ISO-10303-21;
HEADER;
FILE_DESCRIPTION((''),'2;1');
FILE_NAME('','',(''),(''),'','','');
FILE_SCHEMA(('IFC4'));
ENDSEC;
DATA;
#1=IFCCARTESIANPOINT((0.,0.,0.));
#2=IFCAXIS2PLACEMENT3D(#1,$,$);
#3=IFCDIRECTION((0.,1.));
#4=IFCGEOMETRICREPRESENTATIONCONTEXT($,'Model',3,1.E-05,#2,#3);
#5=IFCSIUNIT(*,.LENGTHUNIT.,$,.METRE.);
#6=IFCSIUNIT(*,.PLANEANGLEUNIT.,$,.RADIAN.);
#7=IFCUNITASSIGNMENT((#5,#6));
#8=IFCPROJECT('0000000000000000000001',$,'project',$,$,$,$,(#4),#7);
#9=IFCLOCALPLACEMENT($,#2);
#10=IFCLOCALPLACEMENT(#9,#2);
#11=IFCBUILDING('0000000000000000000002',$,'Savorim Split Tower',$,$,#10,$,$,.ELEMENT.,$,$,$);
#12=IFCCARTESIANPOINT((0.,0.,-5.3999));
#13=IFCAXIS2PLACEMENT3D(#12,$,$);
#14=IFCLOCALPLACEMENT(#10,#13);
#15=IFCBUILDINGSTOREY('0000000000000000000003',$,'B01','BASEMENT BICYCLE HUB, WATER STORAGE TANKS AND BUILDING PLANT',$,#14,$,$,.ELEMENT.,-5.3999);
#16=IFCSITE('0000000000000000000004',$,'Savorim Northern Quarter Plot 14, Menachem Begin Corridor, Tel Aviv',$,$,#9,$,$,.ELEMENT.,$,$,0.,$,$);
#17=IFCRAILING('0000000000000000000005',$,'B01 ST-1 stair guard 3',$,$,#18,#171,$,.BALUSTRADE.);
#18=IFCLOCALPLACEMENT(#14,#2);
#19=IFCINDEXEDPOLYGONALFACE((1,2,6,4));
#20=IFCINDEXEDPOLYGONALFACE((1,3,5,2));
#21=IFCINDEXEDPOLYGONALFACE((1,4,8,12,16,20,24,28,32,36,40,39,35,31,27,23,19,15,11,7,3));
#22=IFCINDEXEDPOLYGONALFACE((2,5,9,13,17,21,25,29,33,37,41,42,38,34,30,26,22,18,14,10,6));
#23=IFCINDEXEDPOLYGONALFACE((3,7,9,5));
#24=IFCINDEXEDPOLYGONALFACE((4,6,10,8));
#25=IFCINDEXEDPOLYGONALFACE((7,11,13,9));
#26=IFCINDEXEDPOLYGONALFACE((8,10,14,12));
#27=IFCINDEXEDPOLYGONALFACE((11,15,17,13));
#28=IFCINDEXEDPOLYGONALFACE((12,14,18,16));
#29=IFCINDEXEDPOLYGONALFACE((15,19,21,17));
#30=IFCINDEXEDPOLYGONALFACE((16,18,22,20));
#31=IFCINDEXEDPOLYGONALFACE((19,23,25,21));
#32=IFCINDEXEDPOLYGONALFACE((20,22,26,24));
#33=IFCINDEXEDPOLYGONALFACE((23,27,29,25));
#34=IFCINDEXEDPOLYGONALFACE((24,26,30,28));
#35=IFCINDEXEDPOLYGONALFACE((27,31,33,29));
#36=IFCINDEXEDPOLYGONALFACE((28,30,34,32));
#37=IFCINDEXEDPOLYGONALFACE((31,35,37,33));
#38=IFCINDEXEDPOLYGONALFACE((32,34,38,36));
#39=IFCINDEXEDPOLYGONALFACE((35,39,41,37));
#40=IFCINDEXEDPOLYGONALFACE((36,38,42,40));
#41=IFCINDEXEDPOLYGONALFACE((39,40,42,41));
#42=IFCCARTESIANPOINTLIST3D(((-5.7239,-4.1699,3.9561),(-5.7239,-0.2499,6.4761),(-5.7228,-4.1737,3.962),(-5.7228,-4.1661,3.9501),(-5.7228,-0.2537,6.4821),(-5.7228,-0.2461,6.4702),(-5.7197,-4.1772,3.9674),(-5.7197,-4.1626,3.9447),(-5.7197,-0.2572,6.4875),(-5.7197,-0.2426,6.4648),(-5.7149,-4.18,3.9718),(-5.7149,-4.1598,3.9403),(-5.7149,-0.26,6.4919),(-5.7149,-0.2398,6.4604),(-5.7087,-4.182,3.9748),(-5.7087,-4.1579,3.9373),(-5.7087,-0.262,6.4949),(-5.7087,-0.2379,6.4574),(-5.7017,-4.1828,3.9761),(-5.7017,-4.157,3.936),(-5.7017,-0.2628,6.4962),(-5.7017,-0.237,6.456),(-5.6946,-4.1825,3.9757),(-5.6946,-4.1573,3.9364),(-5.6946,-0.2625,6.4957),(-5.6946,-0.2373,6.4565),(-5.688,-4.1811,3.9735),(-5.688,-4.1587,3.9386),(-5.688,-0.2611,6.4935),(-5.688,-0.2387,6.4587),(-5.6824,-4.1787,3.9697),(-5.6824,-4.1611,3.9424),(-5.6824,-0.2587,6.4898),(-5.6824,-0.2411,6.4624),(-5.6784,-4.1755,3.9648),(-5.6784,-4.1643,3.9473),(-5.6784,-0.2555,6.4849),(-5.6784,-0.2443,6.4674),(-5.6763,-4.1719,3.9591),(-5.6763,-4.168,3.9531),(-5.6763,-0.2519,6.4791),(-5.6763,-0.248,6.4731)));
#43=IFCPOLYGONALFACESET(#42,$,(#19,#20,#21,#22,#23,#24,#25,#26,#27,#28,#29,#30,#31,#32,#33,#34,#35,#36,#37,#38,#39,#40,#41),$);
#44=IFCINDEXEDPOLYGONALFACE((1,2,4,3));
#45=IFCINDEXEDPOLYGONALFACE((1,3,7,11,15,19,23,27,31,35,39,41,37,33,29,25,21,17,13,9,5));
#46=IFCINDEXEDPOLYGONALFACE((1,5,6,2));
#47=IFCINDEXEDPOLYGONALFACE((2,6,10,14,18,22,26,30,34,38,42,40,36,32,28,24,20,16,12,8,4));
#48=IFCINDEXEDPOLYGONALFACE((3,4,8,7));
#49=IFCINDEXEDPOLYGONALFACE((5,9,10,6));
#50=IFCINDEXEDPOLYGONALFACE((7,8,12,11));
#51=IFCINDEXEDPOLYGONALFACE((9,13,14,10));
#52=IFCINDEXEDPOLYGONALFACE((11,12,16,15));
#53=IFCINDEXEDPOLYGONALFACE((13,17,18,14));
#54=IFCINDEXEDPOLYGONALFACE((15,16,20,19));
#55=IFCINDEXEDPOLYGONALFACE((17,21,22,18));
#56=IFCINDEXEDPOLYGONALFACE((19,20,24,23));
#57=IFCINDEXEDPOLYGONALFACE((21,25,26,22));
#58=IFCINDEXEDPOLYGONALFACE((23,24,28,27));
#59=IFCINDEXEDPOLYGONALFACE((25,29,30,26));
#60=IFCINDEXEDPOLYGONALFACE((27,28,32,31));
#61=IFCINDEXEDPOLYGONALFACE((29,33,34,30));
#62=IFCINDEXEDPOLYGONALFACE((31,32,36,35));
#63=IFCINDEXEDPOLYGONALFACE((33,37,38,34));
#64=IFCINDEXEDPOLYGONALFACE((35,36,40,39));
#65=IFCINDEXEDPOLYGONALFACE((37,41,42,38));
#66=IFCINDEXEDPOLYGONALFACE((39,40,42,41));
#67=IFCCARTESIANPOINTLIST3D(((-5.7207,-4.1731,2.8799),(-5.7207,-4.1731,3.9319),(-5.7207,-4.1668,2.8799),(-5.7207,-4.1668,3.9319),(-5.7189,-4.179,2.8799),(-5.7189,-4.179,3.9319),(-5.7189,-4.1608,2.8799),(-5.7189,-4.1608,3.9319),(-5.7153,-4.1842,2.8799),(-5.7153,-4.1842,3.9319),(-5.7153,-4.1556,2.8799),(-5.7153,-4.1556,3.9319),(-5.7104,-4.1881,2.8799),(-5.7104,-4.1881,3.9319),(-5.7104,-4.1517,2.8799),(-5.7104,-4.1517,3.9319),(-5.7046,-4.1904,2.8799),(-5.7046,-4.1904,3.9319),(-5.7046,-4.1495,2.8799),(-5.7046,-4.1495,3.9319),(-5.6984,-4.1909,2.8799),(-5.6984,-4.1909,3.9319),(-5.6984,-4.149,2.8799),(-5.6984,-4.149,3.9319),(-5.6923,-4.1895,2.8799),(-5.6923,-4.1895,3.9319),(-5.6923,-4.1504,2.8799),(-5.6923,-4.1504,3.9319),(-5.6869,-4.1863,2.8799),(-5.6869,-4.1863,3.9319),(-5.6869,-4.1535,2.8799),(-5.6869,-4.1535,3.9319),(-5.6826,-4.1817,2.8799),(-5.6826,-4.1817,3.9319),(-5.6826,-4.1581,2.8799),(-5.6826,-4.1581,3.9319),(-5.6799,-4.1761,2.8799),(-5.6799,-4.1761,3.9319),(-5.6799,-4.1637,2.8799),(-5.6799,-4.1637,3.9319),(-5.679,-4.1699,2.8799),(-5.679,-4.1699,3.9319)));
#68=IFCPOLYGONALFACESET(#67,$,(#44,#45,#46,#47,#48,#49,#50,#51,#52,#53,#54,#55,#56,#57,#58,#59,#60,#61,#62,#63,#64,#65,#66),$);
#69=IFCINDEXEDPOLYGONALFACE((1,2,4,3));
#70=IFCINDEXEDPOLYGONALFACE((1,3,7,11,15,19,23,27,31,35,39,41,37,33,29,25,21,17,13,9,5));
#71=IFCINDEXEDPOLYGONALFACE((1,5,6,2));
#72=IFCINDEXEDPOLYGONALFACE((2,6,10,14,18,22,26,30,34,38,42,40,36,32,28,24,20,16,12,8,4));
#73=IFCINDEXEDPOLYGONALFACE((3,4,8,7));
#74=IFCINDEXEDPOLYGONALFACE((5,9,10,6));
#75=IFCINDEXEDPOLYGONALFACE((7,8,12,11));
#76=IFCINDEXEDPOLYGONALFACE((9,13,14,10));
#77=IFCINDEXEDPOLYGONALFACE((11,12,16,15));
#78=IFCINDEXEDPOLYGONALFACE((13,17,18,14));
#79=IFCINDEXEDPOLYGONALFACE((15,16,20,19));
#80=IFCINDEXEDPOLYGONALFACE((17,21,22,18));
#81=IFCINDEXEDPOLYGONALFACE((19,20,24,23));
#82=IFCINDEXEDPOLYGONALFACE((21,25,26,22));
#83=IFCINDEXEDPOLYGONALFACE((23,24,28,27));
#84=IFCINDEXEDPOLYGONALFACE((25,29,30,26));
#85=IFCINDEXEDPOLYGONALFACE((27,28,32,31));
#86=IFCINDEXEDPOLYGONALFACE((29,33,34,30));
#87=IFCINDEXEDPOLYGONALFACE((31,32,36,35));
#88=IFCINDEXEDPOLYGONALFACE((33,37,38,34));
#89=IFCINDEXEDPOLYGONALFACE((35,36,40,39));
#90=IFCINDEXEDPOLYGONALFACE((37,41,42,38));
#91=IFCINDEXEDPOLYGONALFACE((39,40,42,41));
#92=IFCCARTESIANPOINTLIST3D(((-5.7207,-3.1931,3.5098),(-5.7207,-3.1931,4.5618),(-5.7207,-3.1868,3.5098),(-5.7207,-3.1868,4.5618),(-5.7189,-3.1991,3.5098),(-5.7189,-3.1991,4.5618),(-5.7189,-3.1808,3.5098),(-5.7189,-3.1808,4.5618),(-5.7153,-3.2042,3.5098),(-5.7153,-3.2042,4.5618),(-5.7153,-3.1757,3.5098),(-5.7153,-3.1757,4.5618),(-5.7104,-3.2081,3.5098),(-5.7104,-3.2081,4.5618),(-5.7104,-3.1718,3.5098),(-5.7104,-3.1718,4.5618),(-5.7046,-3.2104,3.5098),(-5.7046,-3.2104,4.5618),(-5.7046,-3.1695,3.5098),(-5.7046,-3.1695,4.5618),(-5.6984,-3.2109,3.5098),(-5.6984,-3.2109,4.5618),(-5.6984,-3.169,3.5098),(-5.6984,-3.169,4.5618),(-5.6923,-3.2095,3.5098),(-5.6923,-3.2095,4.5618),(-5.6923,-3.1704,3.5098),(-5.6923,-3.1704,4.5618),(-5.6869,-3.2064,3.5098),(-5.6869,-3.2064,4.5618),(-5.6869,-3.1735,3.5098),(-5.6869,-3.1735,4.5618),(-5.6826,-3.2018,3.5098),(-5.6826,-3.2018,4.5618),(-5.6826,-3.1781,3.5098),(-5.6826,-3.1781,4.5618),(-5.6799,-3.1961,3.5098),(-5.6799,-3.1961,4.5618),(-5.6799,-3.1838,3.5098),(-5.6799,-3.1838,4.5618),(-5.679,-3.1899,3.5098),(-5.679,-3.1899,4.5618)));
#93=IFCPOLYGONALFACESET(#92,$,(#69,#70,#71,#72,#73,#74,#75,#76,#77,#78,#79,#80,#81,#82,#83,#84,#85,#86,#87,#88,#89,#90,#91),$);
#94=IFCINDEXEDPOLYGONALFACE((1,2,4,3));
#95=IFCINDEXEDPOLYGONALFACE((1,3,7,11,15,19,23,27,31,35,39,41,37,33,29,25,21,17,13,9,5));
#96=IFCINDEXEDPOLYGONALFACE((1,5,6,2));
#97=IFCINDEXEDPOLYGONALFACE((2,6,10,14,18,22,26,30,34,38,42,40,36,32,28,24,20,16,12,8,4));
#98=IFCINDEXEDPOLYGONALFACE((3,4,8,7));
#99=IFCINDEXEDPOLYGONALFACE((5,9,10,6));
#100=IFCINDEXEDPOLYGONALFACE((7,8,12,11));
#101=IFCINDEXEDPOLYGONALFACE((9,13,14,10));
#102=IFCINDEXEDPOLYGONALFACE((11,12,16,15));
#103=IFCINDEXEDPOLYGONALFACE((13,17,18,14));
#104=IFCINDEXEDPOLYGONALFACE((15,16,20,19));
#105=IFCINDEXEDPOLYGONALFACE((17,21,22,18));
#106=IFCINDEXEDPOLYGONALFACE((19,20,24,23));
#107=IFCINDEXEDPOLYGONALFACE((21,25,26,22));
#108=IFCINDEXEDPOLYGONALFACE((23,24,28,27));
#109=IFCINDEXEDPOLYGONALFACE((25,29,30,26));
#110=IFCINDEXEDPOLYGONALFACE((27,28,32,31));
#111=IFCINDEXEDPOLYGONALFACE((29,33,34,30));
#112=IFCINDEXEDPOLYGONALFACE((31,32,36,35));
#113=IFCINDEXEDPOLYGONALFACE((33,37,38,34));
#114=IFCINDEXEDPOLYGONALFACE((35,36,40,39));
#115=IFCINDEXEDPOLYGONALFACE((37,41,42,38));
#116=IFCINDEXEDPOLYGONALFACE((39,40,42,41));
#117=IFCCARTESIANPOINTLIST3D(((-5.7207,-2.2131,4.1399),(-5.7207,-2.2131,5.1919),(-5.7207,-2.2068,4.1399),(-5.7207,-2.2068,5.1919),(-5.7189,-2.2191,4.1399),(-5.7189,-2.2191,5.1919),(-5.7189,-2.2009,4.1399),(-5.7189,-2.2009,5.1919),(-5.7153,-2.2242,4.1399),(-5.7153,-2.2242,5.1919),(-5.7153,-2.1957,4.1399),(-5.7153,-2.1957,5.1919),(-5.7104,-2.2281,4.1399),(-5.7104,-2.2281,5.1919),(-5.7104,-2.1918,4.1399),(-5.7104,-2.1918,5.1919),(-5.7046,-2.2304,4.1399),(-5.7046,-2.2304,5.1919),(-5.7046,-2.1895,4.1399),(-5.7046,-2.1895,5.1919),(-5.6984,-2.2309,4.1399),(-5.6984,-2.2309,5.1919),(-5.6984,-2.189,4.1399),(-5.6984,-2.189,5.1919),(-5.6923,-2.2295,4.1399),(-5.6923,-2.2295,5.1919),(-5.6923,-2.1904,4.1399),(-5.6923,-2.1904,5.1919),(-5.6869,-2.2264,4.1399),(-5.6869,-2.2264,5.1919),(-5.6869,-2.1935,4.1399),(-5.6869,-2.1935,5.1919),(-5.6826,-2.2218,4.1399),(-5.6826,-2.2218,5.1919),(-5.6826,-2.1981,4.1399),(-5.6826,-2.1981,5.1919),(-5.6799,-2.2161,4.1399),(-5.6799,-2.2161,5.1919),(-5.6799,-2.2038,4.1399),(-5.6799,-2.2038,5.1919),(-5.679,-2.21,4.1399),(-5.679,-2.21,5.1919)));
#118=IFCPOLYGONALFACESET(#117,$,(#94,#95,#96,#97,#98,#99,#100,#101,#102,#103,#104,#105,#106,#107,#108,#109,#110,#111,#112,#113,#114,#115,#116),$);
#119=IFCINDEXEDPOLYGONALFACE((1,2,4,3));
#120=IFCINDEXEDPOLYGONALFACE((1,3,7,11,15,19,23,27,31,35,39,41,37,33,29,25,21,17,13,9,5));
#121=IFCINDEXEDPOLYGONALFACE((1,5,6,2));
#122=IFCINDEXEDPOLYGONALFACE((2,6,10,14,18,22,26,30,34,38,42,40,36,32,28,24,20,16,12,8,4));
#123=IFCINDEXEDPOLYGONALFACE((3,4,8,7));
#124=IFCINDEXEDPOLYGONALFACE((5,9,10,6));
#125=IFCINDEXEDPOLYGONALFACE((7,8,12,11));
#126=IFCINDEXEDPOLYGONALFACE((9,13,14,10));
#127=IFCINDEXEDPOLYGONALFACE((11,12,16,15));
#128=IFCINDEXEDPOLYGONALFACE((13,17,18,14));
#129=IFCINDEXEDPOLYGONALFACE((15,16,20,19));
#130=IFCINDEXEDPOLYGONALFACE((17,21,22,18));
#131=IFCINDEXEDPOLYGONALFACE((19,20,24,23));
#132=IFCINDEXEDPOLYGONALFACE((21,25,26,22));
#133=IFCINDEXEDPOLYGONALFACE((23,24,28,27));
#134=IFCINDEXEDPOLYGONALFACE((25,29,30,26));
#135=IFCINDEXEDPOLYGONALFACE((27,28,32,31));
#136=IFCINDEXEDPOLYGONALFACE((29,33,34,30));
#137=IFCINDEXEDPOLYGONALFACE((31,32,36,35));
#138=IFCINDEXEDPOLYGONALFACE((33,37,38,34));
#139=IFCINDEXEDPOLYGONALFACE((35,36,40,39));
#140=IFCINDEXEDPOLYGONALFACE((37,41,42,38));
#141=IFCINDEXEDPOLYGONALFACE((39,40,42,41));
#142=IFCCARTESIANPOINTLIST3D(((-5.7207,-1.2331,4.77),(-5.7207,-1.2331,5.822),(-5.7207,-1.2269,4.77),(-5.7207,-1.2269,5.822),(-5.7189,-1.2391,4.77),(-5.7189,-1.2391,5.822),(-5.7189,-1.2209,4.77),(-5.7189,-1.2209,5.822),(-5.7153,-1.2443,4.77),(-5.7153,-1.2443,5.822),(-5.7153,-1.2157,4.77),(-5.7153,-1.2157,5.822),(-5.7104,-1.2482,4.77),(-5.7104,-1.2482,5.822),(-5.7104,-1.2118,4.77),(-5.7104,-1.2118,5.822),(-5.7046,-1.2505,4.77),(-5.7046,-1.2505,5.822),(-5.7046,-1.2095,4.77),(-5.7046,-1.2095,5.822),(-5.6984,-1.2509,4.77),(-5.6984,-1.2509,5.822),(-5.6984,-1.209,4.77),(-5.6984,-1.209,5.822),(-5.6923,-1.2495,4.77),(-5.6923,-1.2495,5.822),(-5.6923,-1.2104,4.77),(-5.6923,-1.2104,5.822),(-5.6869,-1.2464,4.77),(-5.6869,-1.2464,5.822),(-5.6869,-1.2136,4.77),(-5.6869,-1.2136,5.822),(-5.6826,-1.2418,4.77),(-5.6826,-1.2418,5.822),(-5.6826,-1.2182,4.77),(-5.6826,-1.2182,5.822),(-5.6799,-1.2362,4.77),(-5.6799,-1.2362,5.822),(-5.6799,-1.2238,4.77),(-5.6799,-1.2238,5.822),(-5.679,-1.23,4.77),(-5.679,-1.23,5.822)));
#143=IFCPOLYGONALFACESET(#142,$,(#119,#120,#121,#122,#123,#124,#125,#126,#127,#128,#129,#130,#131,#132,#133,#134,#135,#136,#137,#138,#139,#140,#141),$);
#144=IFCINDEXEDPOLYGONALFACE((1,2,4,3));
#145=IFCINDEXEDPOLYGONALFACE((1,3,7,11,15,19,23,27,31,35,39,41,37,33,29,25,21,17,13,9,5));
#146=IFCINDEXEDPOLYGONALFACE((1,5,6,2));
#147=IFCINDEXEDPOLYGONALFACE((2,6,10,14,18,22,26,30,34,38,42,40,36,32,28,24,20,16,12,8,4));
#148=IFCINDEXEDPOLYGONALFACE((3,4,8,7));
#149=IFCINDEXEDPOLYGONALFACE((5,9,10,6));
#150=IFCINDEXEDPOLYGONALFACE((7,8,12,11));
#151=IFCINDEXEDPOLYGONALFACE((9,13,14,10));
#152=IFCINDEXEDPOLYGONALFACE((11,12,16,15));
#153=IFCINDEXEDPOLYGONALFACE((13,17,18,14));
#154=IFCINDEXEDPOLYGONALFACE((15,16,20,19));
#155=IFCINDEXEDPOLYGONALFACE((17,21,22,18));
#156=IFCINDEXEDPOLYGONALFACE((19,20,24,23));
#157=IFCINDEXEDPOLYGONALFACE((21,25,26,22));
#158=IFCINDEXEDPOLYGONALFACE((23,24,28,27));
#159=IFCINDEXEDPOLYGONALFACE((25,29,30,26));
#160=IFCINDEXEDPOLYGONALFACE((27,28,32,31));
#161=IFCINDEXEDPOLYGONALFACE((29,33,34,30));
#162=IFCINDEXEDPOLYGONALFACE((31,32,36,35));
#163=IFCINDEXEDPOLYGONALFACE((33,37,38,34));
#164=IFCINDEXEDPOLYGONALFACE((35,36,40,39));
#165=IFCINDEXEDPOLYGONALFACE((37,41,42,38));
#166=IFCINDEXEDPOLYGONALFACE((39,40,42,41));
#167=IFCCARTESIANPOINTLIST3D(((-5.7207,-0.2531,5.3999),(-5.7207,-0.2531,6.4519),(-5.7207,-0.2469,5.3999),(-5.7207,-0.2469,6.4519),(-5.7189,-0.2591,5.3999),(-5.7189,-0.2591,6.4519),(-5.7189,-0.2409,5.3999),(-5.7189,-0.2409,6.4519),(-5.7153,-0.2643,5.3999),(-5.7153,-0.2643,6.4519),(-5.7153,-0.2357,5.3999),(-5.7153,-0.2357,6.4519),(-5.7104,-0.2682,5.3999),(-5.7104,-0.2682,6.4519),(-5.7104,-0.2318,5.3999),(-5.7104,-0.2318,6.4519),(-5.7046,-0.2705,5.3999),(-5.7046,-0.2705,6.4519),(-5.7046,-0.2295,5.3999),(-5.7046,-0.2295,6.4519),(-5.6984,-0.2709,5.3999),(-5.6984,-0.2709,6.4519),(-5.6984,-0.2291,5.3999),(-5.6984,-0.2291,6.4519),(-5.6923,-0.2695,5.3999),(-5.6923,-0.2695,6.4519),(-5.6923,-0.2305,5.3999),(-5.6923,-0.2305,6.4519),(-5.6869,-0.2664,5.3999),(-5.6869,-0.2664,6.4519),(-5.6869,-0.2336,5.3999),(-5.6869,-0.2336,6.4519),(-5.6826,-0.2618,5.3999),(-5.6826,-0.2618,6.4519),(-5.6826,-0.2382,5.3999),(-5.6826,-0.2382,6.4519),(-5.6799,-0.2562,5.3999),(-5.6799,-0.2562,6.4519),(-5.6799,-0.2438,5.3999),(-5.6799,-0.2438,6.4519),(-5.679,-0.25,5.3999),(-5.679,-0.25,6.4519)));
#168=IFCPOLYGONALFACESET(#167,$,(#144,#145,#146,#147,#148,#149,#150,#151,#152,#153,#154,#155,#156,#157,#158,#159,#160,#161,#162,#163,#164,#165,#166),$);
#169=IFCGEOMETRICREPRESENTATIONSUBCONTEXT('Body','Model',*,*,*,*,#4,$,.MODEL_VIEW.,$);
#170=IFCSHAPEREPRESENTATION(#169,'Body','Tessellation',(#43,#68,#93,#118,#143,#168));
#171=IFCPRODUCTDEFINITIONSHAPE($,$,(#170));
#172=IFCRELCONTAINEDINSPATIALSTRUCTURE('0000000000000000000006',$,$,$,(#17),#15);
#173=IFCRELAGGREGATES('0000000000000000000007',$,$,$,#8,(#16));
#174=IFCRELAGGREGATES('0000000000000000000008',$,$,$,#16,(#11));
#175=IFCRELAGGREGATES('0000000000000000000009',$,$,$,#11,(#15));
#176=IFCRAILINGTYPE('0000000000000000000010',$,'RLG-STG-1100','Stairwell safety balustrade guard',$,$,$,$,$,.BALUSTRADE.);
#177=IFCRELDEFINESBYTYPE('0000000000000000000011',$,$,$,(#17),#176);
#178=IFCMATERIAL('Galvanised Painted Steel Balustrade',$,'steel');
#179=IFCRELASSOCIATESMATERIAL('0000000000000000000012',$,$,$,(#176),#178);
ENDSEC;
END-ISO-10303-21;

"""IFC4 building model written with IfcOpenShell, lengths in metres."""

from ifc_helpers import new_model, si_unit, direction, frame, origin, origin_2d, place, context, subcontext, project, spatial, circle, extrude, material, type_object, element, save


model = new_model("IFC4")

# Units and contexts
model_context = context("Model", 3, precision=1e-05, world=origin(), true_north=direction((0.0, 1.0)))
body_context = subcontext(model_context, "Body", "Model", "MODEL_VIEW")
ifc_project = project(units=[si_unit("LENGTHUNIT", "METRE"), si_unit("PLANEANGLEUNIT", "RADIAN")], contexts=[model_context])

# Site, building, storey
site_placement = place(None, origin())
site = spatial("IfcSite", under=ifc_project, at=site_placement, Name="Savorim Northern Quarter Plot 14, Menachem Begin Corridor, Tel Aviv", CompositionType="ELEMENT", RefElevation=0.0)
building_placement = place(site_placement, origin())
building = spatial("IfcBuilding", under=site, at=building_placement, Name="Savorim Split Tower", CompositionType="ELEMENT")
storey_placement = place(building_placement, frame((0.0, 0.0, -5.3999)))
storey = spatial("IfcBuildingStorey", under=building, at=storey_placement, Name="B01", Description="BASEMENT BICYCLE HUB, WATER STORAGE TANKS AND BUILDING PLANT", CompositionType="ELEMENT", Elevation=-5.3999)

# Railing
ifc_material_1 = material(Name="Galvanised Painted Steel Balustrade", Category="steel")
railing_type_1 = type_object("IfcRailingType", Name="RLG-STG-1100", Description="Stairwell safety balustrade guard", PredefinedType="BALUSTRADE", material=ifc_material_1)
railing_1_placement = place(storey_placement, frame((-5.7, -4.1699, 2.8799)))
element("IfcRailing", 1, at=railing_1_placement, inside=storey, type_object=railing_type_1, Name="B01 ST-1 stair guard 3", PredefinedType="BALUSTRADE", context=body_context, shape_type="SweptSolid", body=[
    extrude(circle(Radius=0.0239, at=origin_2d()), frame((0.0, 0.0, 1.0762), z_axis=(0.0, 0.841172, 0.540768), x_axis=(-1.0, 0.0, 0.0)), (0.0, 0.0, 1.0), 4.6602),
    extrude(circle(Radius=0.021, at=origin_2d()), origin(), (0.0, 0.0, 1.0), 1.052),
    extrude(circle(Radius=0.021, at=origin_2d()), frame((0.0, 0.98, 0.6299)), (0.0, 0.0, 1.0), 1.052),
    extrude(circle(Radius=0.021, at=origin_2d()), frame((0.0, 1.96, 1.26)), (0.0, 0.0, 1.0), 1.052),
    extrude(circle(Radius=0.021, at=origin_2d()), frame((0.0, 2.9399, 1.8901)), (0.0, 0.0, 1.0), 1.052),
    extrude(circle(Radius=0.021, at=origin_2d()), frame((0.0, 3.9199, 2.52)), (0.0, 0.0, 1.0), 1.052),
])

save(model, "model.ifc")
